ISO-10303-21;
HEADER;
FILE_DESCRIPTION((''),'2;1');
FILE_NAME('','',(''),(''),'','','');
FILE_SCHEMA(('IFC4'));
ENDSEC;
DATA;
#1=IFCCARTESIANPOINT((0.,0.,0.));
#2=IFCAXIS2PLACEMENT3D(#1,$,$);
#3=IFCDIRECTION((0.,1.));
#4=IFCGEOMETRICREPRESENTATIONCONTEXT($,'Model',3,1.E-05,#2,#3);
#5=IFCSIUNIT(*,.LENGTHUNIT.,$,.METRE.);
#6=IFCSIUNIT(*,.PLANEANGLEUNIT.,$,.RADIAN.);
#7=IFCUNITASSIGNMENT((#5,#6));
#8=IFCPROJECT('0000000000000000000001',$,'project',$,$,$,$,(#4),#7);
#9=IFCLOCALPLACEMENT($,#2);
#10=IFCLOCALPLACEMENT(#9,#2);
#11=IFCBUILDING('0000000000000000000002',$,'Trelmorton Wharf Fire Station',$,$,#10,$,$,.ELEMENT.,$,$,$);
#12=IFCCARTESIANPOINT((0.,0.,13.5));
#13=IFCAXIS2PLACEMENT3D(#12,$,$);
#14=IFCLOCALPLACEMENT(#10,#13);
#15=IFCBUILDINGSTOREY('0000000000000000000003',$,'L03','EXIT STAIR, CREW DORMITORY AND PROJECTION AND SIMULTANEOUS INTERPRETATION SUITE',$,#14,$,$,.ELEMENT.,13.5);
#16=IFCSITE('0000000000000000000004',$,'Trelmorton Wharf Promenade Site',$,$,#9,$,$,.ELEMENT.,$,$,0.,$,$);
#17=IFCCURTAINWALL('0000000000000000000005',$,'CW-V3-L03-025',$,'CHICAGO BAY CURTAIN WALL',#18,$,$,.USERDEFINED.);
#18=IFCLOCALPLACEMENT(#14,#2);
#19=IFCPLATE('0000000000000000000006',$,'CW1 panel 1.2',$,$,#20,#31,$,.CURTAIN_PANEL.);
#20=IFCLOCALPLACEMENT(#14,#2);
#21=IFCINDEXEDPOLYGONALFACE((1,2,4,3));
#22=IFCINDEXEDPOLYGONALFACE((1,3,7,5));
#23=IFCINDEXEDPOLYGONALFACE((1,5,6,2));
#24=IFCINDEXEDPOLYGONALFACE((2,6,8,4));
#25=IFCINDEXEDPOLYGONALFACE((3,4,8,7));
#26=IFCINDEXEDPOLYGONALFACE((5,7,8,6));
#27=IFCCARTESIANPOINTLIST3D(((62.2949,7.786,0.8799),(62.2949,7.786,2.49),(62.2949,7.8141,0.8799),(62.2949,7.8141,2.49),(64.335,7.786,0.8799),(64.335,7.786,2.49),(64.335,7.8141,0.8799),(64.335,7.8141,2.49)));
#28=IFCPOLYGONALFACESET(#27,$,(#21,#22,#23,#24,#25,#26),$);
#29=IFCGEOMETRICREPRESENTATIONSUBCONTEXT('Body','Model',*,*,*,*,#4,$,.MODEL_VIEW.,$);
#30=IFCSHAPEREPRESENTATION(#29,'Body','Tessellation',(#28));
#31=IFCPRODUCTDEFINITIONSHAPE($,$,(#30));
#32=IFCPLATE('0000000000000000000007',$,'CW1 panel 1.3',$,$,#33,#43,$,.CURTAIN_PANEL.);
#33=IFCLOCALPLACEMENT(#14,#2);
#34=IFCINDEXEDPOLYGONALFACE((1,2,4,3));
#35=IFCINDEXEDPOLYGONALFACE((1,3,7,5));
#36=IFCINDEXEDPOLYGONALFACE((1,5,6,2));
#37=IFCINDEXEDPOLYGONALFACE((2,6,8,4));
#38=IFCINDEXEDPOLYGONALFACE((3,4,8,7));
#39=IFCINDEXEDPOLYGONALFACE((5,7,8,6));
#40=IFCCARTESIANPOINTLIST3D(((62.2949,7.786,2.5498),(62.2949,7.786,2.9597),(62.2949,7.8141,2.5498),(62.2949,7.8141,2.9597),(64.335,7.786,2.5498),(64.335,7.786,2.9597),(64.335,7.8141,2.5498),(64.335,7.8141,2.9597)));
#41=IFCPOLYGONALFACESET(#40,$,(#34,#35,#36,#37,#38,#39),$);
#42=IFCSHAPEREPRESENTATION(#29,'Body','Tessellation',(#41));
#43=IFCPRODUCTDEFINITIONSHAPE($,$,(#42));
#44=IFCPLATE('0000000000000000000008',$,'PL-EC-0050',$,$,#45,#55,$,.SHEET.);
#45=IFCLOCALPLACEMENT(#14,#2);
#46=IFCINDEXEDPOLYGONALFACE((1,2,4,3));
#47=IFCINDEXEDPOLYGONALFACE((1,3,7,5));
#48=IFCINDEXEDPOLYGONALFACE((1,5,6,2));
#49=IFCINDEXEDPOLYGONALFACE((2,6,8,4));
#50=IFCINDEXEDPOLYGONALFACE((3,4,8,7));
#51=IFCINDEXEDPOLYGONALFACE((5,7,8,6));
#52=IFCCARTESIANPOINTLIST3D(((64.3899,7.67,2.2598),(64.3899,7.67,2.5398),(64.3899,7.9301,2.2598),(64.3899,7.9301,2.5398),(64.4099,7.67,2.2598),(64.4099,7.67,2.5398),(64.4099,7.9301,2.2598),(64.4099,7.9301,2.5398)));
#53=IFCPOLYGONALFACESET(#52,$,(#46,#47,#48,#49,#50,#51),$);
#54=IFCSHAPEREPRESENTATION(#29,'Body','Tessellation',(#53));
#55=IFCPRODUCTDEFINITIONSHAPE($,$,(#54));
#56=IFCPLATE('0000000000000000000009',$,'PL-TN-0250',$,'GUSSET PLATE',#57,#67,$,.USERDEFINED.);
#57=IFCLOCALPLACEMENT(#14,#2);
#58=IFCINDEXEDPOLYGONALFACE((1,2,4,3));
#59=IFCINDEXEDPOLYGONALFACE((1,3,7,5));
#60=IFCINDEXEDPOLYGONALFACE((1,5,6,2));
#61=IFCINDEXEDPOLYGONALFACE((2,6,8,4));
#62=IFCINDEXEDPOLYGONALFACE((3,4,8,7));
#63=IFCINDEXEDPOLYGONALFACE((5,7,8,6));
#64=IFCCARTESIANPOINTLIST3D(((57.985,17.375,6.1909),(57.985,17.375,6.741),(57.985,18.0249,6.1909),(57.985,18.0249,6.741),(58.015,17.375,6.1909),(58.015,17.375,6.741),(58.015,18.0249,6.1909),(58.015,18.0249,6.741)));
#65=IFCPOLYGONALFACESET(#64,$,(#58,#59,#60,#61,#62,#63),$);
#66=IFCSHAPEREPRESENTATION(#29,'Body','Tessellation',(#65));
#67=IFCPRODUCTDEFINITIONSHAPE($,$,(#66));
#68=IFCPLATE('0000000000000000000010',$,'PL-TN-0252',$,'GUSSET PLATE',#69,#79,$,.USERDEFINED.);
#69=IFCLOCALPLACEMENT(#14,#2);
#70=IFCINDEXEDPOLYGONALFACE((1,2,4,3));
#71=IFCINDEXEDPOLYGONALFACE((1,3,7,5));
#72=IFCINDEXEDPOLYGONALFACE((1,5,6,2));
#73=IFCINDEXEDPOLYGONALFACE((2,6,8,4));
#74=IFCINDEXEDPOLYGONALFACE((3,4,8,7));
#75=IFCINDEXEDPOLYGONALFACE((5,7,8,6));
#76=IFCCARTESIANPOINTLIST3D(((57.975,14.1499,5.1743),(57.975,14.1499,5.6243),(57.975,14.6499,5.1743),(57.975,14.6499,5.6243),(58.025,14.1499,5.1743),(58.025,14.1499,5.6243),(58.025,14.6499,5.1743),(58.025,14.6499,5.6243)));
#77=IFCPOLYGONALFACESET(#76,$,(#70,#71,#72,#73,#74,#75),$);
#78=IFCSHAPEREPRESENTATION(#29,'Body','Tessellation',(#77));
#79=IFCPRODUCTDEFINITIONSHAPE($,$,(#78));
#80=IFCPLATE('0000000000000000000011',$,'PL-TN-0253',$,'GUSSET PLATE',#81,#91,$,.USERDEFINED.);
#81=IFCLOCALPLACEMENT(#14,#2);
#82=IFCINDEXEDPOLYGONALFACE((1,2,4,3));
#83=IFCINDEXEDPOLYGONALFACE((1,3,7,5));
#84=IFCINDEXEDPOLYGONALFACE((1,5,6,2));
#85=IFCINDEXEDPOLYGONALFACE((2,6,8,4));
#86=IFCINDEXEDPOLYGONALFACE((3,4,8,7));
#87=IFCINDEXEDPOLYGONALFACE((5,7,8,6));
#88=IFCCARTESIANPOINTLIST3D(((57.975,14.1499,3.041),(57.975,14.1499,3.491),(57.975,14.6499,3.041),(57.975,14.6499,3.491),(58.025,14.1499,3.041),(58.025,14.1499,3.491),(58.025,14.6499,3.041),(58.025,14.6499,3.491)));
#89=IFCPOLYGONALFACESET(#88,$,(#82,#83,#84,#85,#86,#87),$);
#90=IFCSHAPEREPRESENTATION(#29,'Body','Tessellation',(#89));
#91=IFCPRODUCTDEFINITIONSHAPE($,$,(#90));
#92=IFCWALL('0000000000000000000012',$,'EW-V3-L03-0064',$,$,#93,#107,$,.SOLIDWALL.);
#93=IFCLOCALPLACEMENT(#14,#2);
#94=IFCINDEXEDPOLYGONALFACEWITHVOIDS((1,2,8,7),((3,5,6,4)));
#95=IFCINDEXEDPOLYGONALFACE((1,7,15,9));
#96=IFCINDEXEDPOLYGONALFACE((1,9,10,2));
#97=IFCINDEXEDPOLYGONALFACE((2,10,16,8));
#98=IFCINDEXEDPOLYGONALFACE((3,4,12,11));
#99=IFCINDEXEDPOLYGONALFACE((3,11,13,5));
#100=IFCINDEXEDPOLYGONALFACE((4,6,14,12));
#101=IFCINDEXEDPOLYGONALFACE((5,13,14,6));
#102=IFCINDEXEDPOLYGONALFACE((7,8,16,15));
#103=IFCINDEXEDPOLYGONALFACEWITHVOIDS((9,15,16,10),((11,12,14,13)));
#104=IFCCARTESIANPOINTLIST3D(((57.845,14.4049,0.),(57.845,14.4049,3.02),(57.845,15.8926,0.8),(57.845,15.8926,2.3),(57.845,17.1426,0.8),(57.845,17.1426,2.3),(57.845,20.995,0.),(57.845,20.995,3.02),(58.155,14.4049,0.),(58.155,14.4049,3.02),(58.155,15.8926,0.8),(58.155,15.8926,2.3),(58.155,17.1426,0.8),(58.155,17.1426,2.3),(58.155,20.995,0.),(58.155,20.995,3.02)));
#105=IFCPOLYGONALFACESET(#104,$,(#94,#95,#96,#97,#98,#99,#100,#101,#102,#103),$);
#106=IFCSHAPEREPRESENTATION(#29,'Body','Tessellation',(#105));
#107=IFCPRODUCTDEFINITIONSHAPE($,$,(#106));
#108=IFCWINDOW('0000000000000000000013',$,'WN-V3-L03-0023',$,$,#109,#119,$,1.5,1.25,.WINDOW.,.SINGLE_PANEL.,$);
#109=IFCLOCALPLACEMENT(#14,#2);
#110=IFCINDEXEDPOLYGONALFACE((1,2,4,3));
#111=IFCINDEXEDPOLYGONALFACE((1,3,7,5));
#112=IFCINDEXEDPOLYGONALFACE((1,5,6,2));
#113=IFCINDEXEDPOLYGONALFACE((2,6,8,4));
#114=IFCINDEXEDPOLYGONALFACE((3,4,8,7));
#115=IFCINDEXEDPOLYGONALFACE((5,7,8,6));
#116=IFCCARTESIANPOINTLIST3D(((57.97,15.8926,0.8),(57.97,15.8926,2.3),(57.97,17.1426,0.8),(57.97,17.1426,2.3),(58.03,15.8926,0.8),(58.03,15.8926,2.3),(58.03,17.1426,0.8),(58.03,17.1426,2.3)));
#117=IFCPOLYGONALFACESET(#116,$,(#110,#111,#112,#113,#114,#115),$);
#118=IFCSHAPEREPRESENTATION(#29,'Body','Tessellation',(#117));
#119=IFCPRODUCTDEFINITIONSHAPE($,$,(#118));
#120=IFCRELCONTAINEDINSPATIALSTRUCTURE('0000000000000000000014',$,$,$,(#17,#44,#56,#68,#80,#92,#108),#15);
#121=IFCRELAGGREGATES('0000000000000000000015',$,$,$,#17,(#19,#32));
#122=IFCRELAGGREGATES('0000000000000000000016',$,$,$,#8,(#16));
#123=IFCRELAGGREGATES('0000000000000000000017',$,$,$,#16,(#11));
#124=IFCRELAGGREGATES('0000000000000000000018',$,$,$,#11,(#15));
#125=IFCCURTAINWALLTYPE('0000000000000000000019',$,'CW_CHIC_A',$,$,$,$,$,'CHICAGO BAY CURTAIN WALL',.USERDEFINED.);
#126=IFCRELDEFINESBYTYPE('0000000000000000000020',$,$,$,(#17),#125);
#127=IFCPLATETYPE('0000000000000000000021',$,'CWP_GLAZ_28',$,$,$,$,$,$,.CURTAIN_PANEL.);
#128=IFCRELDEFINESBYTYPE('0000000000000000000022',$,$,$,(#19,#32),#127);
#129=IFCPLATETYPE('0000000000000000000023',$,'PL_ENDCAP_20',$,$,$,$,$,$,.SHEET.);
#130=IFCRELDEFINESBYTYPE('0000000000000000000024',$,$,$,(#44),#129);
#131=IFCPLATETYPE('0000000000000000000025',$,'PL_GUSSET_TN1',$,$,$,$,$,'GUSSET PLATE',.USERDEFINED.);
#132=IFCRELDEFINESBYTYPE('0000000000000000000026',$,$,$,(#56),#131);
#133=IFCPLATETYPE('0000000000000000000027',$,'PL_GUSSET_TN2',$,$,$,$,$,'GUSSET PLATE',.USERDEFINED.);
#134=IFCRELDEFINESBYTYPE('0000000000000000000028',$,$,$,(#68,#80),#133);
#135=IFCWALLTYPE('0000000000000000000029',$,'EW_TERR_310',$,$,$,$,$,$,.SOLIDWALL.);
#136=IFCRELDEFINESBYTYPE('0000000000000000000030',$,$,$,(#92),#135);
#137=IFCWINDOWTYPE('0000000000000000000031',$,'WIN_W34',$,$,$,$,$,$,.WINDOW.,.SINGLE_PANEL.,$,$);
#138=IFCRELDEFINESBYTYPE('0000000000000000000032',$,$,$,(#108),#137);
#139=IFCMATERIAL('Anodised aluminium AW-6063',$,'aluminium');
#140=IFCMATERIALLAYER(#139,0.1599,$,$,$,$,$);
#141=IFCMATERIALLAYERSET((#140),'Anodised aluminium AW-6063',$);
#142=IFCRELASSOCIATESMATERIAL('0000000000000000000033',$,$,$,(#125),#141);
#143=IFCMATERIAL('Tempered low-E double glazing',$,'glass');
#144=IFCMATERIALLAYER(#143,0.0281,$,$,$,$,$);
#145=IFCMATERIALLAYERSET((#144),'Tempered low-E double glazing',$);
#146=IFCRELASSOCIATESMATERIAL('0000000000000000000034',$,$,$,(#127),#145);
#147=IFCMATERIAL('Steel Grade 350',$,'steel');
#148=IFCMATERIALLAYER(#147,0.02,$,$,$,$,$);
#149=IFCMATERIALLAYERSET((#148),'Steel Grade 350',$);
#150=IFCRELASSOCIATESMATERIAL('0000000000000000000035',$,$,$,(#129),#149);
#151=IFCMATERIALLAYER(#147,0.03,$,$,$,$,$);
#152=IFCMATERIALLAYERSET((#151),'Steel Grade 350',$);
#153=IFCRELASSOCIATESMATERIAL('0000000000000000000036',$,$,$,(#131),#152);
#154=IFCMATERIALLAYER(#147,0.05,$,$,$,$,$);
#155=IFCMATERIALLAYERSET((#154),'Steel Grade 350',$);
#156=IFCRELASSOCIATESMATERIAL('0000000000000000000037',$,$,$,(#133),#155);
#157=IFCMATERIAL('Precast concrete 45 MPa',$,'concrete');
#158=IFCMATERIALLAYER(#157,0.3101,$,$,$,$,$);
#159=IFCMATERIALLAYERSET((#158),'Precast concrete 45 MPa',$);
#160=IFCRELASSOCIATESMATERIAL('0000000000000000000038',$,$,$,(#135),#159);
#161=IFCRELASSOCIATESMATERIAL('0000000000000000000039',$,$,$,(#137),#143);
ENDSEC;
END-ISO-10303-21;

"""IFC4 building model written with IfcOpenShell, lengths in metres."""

from ifc_helpers import new_model, si_unit, direction, frame, frame_2d, origin, origin_2d, place, context, subcontext, project, spatial, rectangle, extrude, material, layer, layer_set, type_object, element, fill, aggregate, save


model = new_model("IFC4")

# Units and contexts
model_context = context("Model", 3, precision=1e-05, world=origin(), true_north=direction((0.0, 1.0)))
body_context = subcontext(model_context, "Body", "Model", "MODEL_VIEW")
ifc_project = project(units=[si_unit("LENGTHUNIT", "METRE"), si_unit("PLANEANGLEUNIT", "RADIAN")], contexts=[model_context])

# Site, building, storey
site_placement = place(None, origin())
site = spatial("IfcSite", under=ifc_project, at=site_placement, Name="Trelmorton Wharf Promenade Site", CompositionType="ELEMENT", RefElevation=0.0)
building_placement = place(site_placement, origin())
building = spatial("IfcBuilding", under=site, at=building_placement, Name="Trelmorton Wharf Fire Station", CompositionType="ELEMENT")
storey_placement = place(building_placement, frame((0.0, 0.0, 13.5)))
storey = spatial("IfcBuildingStorey", under=building, at=storey_placement, Name="L03", Description="EXIT STAIR, CREW DORMITORY AND PROJECTION AND SIMULTANEOUS INTERPRETATION SUITE", CompositionType="ELEMENT", Elevation=13.5)

# Shared definitions
ifc_material_1 = material(Name="Steel Grade 350", Category="steel")

# Curtain wall
ifc_material_2 = material(Name="Anodised aluminium AW-6063", Category="aluminium")
ifc_layer_1 = layer(ifc_material_2, 0.1599)
ifc_layer_set_1 = layer_set([ifc_layer_1], Name="Anodised aluminium AW-6063")
curtain_wall_type = type_object("IfcCurtainWallType", Name="CW_CHIC_A", ElementType="CHICAGO BAY CURTAIN WALL", PredefinedType="USERDEFINED", material=ifc_layer_set_1)
curtain_wall_placement = place(storey_placement, origin())
curtain_wall = element("IfcCurtainWall", 1, at=curtain_wall_placement, inside=storey, type_object=curtain_wall_type, Name="CW-V3-L03-025", ObjectType="CHICAGO BAY CURTAIN WALL", PredefinedType="USERDEFINED")

# Plates
ifc_material_3 = material(Name="Tempered low-E double glazing", Category="glass")
ifc_layer_2 = layer(ifc_material_3, 0.0281)
ifc_layer_set_2 = layer_set([ifc_layer_2], Name="Tempered low-E double glazing")
plate_type_1 = type_object("IfcPlateType", Name="CWP_GLAZ_28", PredefinedType="CURTAIN_PANEL", material=ifc_layer_set_2)
plate_1_placement = place(storey_placement, frame((63.3149, 7.8, 0.8799), z_axis=(0.0, 0.0, 1.0), x_axis=(-1.0, 0.0, 0.0)))
plate_1 = element("IfcPlate", 2, at=plate_1_placement, type_object=plate_type_1, Name="CW1 panel 1.2", PredefinedType="CURTAIN_PANEL", context=body_context, shape_type="SweptSolid", body=[
    extrude(rectangle(XDim=2.04, YDim=0.0281, at=origin_2d()), origin(), (0.0, 0.0, 1.0), 1.6101),
])
plate_2_placement = place(storey_placement, frame((63.3149, 7.8, 2.5498), z_axis=(0.0, 0.0, 1.0), x_axis=(-1.0, 0.0, 0.0)))
plate_2 = element("IfcPlate", 3, at=plate_2_placement, type_object=plate_type_1, Name="CW1 panel 1.3", PredefinedType="CURTAIN_PANEL", context=body_context, shape_type="SweptSolid", body=[
    extrude(rectangle(XDim=2.04, YDim=0.0281, at=origin_2d()), origin(), (0.0, 0.0, 1.0), 0.4099),
])
aggregate(curtain_wall, [plate_1, plate_2])

# Plates
ifc_layer_3 = layer(ifc_material_1, 0.02)
ifc_layer_set_3 = layer_set([ifc_layer_3], Name="Steel Grade 350")
plate_type_2 = type_object("IfcPlateType", Name="PL_ENDCAP_20", PredefinedType="SHEET", material=ifc_layer_set_3)
plate_3_placement = place(storey_placement, frame((64.3999, 7.8, 2.2598), z_axis=(0.0, 0.0, 1.0), x_axis=(1.0, 0.0, 0.0)))
element("IfcPlate", 4, at=plate_3_placement, inside=storey, type_object=plate_type_2, Name="PL-EC-0050", PredefinedType="SHEET", context=body_context, shape_type="SweptSolid", body=[
    extrude(rectangle(XDim=0.02, YDim=0.26, at=origin_2d()), origin(), (0.0, 0.0, 1.0), 0.28),
])
ifc_layer_4 = layer(ifc_material_1, 0.03)
ifc_layer_set_4 = layer_set([ifc_layer_4], Name="Steel Grade 350")
plate_type_3 = type_object("IfcPlateType", Name="PL_GUSSET_TN1", ElementType="GUSSET PLATE", PredefinedType="USERDEFINED", material=ifc_layer_set_4)
plate_4_placement = place(storey_placement, frame((58.0, 17.7, 6.1909), z_axis=(0.0, 0.0, 1.0), x_axis=(1.0, 0.0, 0.0)))
element("IfcPlate", 5, at=plate_4_placement, inside=storey, type_object=plate_type_3, Name="PL-TN-0250", ObjectType="GUSSET PLATE", PredefinedType="USERDEFINED", context=body_context, shape_type="SweptSolid", body=[
    extrude(rectangle(XDim=0.03, YDim=0.6499, at=origin_2d()), origin(), (0.0, 0.0, 1.0), 0.55),
])
ifc_layer_5 = layer(ifc_material_1, 0.05)
ifc_layer_set_5 = layer_set([ifc_layer_5], Name="Steel Grade 350")
plate_type_4 = type_object("IfcPlateType", Name="PL_GUSSET_TN2", ElementType="GUSSET PLATE", PredefinedType="USERDEFINED", material=ifc_layer_set_5)
for number, where, z_axis, x_axis, name in (
    (6, (58.0, 14.3999, 5.1743), (0.0, 0.0, 1.0), (1.0, 0.0, 0.0), "PL-TN-0252"),
    (7, (58.0, 14.3999, 3.041), (0.0, 0.0, 1.0), (1.0, 0.0, 0.0), "PL-TN-0253"),
):
    element("IfcPlate", number, at=place(storey_placement, frame(where, z_axis=z_axis, x_axis=x_axis)), inside=storey, type_object=plate_type_4, Name=name, ObjectType="GUSSET PLATE", PredefinedType="USERDEFINED", context=body_context, shape_type="SweptSolid", body=[
        extrude(rectangle(XDim=0.05, YDim=0.5, at=origin_2d()), origin(), (0.0, 0.0, 1.0), 0.45),
    ])

# Wall, opening, window
ifc_material_4 = material(Name="Precast concrete 45 MPa", Category="concrete")
ifc_layer_6 = layer(ifc_material_4, 0.3101)
ifc_layer_set_6 = layer_set([ifc_layer_6], Name="Precast concrete 45 MPa")
wall_type = type_object("IfcWallType", Name="EW_TERR_310", PredefinedType="SOLIDWALL", material=ifc_layer_set_6)
wall_placement = place(storey_placement, frame((58.0, 14.405, 0.0), z_axis=(0.0, 0.0, 1.0), x_axis=(0.0, 1.0, 0.0)))
wall = element("IfcWall", 8, at=wall_placement, inside=storey, type_object=wall_type, Name="EW-V3-L03-0064", PredefinedType="SOLIDWALL", context=body_context, shape_type="SweptSolid", body=[
    extrude(rectangle(XDim=6.5901, YDim=0.3101, at=frame_2d((3.2949, 0.0))), origin(), (0.0, 0.0, 1.0), 3.02),
])
opening_placement = place(wall_placement, frame((1.4875, 0.0, 0.8)))
opening = element("IfcOpeningElement", 9, at=opening_placement, cuts=wall, PredefinedType="OPENING", context=body_context, shape_type="SweptSolid", body=[
    extrude(rectangle(XDim=1.25, YDim=1.5, at=frame_2d((0.625, 0.75))), frame((0.0, 0.165, 0.0), z_axis=(0.0, -1.0, 0.0), x_axis=(1.0, 0.0, 0.0)), (0.0, 0.0, 1.0), 0.3301),
])
window_type = type_object("IfcWindowType", Name="WIN_W34", PartitioningType="SINGLE_PANEL", PredefinedType="WINDOW", material=ifc_material_3)
window_placement = place(opening_placement, origin())
window = element("IfcWindow", 10, at=window_placement, inside=storey, type_object=window_type, Name="WN-V3-L03-0023", OverallHeight=1.5, OverallWidth=1.25, PartitioningType="SINGLE_PANEL", PredefinedType="WINDOW", context=body_context, shape_type="SweptSolid", body=[
    extrude(rectangle(XDim=1.25, YDim=1.5, at=frame_2d((0.625, 0.75))), frame((0.0, 0.03, 0.0), z_axis=(0.0, -1.0, 0.0), x_axis=(1.0, 0.0, 0.0)), (0.0, 0.0, 1.0), 0.0601),
])
fill(opening, window)

save(model, "model.ifc")
